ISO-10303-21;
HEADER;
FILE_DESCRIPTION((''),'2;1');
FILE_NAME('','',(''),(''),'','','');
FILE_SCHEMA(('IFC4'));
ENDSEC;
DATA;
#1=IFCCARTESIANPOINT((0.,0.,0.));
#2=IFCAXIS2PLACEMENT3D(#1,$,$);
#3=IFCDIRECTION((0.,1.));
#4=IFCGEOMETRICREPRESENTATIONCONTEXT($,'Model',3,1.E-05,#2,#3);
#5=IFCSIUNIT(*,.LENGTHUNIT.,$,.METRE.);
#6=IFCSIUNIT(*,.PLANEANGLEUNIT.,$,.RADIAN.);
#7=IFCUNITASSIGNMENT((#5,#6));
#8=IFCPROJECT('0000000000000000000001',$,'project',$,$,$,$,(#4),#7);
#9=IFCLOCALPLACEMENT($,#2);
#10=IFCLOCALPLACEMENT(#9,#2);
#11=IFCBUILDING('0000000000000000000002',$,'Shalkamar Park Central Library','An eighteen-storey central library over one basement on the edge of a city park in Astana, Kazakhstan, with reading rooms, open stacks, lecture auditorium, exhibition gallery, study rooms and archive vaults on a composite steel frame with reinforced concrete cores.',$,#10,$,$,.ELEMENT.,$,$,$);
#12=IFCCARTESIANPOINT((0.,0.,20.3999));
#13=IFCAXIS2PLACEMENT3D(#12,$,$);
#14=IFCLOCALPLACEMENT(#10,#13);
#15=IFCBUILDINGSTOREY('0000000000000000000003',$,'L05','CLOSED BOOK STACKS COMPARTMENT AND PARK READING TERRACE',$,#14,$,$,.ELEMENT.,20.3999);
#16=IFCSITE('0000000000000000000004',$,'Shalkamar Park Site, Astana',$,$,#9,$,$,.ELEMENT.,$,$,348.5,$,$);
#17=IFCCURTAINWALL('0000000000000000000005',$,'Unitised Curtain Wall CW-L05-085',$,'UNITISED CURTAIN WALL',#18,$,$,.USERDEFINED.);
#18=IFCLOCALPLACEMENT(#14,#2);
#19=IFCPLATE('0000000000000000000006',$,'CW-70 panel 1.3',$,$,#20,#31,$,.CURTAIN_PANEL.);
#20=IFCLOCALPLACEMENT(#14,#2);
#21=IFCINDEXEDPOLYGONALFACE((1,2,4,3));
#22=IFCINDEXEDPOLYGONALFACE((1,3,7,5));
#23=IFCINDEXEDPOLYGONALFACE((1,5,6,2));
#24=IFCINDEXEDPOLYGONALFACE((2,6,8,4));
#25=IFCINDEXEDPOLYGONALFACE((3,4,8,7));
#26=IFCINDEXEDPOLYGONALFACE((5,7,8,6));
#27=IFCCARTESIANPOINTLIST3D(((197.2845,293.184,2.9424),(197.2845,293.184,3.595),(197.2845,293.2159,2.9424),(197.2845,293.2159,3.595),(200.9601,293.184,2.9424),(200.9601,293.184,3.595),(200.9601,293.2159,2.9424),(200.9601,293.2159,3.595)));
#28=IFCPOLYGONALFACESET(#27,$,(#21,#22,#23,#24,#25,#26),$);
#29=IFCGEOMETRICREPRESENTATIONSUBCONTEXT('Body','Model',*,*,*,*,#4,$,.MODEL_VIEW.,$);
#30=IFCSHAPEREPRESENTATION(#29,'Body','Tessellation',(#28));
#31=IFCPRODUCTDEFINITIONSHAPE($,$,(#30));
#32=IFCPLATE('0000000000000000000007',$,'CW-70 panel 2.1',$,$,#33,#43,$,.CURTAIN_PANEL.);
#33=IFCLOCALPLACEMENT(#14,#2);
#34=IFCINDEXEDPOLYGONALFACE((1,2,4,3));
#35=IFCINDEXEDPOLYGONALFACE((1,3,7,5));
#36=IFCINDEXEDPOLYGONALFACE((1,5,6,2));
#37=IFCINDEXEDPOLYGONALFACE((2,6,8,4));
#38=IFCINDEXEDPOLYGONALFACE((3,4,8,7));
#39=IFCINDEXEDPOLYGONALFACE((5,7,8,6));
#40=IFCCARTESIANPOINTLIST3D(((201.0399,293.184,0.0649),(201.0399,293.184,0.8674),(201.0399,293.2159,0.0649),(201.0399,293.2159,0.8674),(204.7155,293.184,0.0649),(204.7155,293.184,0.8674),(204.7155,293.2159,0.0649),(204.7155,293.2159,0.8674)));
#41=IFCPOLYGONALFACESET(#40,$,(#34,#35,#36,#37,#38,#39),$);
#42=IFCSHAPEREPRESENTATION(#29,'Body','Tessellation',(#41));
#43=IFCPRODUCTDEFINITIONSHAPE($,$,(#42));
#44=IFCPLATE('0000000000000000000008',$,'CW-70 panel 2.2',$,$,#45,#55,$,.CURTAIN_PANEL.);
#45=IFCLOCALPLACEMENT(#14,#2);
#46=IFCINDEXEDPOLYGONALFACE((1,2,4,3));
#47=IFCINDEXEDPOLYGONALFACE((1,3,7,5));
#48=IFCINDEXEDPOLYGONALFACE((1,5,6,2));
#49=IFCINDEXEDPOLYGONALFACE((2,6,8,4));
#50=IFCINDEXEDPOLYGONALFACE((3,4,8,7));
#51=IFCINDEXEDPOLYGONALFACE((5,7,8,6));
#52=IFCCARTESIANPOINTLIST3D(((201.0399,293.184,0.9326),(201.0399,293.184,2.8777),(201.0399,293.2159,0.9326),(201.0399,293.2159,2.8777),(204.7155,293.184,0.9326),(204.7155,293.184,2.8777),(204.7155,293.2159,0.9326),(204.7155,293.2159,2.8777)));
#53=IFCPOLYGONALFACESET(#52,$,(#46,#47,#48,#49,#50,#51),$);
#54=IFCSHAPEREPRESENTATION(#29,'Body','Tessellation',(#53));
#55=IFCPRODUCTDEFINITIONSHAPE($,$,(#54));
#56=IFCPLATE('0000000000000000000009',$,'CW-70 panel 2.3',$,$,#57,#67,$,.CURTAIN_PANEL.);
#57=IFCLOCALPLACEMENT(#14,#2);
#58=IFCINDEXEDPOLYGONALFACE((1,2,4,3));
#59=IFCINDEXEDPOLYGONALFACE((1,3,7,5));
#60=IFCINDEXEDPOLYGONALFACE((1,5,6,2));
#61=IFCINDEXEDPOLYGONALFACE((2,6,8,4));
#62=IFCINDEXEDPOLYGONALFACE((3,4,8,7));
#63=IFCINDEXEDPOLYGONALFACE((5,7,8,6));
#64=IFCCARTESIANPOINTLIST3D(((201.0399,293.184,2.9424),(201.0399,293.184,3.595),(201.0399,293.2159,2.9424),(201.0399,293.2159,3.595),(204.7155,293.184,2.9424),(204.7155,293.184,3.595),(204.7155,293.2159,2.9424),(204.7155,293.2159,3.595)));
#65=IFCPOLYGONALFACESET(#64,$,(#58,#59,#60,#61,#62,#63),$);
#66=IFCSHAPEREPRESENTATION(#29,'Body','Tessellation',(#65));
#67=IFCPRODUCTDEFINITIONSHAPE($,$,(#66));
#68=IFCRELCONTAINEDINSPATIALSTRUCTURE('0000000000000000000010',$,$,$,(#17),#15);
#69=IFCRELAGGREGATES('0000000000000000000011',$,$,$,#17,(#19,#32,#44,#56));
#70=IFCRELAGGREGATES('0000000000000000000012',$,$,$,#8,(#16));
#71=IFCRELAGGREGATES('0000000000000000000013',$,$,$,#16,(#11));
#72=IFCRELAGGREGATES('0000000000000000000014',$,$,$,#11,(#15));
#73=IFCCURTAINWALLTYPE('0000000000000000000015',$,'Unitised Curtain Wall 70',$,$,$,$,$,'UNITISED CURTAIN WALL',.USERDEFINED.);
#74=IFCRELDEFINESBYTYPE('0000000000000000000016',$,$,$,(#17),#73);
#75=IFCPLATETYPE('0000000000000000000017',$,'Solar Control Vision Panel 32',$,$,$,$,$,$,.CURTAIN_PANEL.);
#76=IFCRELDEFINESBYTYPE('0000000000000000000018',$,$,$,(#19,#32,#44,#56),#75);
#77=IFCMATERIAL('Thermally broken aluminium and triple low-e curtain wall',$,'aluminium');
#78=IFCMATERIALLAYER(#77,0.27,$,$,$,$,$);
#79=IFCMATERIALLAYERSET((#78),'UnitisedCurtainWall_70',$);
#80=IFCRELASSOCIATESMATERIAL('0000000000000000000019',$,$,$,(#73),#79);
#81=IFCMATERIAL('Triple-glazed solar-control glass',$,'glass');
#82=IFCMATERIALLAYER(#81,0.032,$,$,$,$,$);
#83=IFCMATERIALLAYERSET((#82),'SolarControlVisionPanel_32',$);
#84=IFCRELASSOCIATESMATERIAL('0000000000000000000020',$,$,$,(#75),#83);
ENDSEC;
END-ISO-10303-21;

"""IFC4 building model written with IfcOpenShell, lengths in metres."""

from ifc_helpers import new_model, si_unit, direction, frame, origin, origin_2d, place, context, subcontext, project, spatial, rectangle, extrude, material, layer, layer_set, type_object, element, aggregate, save


model = new_model("IFC4")

# Units and contexts
model_context = context("Model", 3, precision=1e-05, world=origin(), true_north=direction((0.0, 1.0)))
body_context = subcontext(model_context, "Body", "Model", "MODEL_VIEW")
ifc_project = project(units=[si_unit("LENGTHUNIT", "METRE"), si_unit("PLANEANGLEUNIT", "RADIAN")], contexts=[model_context])

# Site, building, storey
site_placement = place(None, origin())
site = spatial("IfcSite", under=ifc_project, at=site_placement, Name="Shalkamar Park Site, Astana", CompositionType="ELEMENT", RefElevation=348.5)
building_placement = place(site_placement, origin())
building = spatial("IfcBuilding", under=site, at=building_placement, Name="Shalkamar Park Central Library", Description="An eighteen-storey central library over one basement on the edge of a city park in Astana, Kazakhstan, with reading rooms, open stacks, lecture auditorium, exhibition gallery, study rooms and archive vaults on a composite steel frame with reinforced concrete cores.", CompositionType="ELEMENT")
storey_placement = place(building_placement, frame((0.0, 0.0, 20.3999)))
storey = spatial("IfcBuildingStorey", under=building, at=storey_placement, Name="L05", Description="CLOSED BOOK STACKS COMPARTMENT AND PARK READING TERRACE", CompositionType="ELEMENT", Elevation=20.3999)

# Curtain wall
ifc_material_1 = material(Name="Thermally broken aluminium and triple low-e curtain wall", Category="aluminium")
ifc_layer_1 = layer(ifc_material_1, 0.27)
ifc_layer_set_1 = layer_set([ifc_layer_1], Name="UnitisedCurtainWall_70")
curtain_wall_type = type_object("IfcCurtainWallType", Name="Unitised Curtain Wall 70", ElementType="UNITISED CURTAIN WALL", PredefinedType="USERDEFINED", material=ifc_layer_set_1)
curtain_wall_placement = place(storey_placement, origin())
curtain_wall = element("IfcCurtainWall", 1, at=curtain_wall_placement, inside=storey, type_object=curtain_wall_type, Name="Unitised Curtain Wall CW-L05-085", ObjectType="UNITISED CURTAIN WALL", PredefinedType="USERDEFINED")

# Plates
ifc_material_2 = material(Name="Triple-glazed solar-control glass", Category="glass")
ifc_layer_2 = layer(ifc_material_2, 0.032)
ifc_layer_set_2 = layer_set([ifc_layer_2], Name="SolarControlVisionPanel_32")
plate_type = type_object("IfcPlateType", Name="Solar Control Vision Panel 32", PredefinedType="CURTAIN_PANEL", material=ifc_layer_set_2)
plate_1_placement = place(storey_placement, frame((199.1223, 293.2, 2.9424), z_axis=(0.0, 0.0, 1.0), x_axis=(1.0, 0.0, 0.0)))
plate_1 = element("IfcPlate", 2, at=plate_1_placement, type_object=plate_type, Name="CW-70 panel 1.3", PredefinedType="CURTAIN_PANEL", context=body_context, shape_type="SweptSolid", body=[
    extrude(rectangle(XDim=3.6755, YDim=0.032, at=origin_2d()), origin(), (0.0, 0.0, 1.0), 0.6526),
])
plate_2_placement = place(storey_placement, frame((202.8777, 293.2, 0.0649), z_axis=(0.0, 0.0, 1.0), x_axis=(1.0, 0.0, 0.0)))
plate_2 = element("IfcPlate", 3, at=plate_2_placement, type_object=plate_type, Name="CW-70 panel 2.1", PredefinedType="CURTAIN_PANEL", context=body_context, shape_type="SweptSolid", body=[
    extrude(rectangle(XDim=3.6755, YDim=0.032, at=origin_2d()), origin(), (0.0, 0.0, 1.0), 0.8025),
])
plate_3_placement = place(storey_placement, frame((202.8777, 293.2, 0.9326), z_axis=(0.0, 0.0, 1.0), x_axis=(1.0, 0.0, 0.0)))
plate_3 = element("IfcPlate", 4, at=plate_3_placement, type_object=plate_type, Name="CW-70 panel 2.2", PredefinedType="CURTAIN_PANEL", context=body_context, shape_type="SweptSolid", body=[
    extrude(rectangle(XDim=3.6755, YDim=0.032, at=origin_2d()), origin(), (0.0, 0.0, 1.0), 1.9451),
])
plate_4_placement = place(storey_placement, frame((202.8777, 293.2, 2.9424), z_axis=(0.0, 0.0, 1.0), x_axis=(1.0, 0.0, 0.0)))
plate_4 = element("IfcPlate", 5, at=plate_4_placement, type_object=plate_type, Name="CW-70 panel 2.3", PredefinedType="CURTAIN_PANEL", context=body_context, shape_type="SweptSolid", body=[
    extrude(rectangle(XDim=3.6755, YDim=0.032, at=origin_2d()), origin(), (0.0, 0.0, 1.0), 0.6526),
])
aggregate(curtain_wall, [plate_1, plate_2, plate_3, plate_4])

save(model, "model.ifc")
